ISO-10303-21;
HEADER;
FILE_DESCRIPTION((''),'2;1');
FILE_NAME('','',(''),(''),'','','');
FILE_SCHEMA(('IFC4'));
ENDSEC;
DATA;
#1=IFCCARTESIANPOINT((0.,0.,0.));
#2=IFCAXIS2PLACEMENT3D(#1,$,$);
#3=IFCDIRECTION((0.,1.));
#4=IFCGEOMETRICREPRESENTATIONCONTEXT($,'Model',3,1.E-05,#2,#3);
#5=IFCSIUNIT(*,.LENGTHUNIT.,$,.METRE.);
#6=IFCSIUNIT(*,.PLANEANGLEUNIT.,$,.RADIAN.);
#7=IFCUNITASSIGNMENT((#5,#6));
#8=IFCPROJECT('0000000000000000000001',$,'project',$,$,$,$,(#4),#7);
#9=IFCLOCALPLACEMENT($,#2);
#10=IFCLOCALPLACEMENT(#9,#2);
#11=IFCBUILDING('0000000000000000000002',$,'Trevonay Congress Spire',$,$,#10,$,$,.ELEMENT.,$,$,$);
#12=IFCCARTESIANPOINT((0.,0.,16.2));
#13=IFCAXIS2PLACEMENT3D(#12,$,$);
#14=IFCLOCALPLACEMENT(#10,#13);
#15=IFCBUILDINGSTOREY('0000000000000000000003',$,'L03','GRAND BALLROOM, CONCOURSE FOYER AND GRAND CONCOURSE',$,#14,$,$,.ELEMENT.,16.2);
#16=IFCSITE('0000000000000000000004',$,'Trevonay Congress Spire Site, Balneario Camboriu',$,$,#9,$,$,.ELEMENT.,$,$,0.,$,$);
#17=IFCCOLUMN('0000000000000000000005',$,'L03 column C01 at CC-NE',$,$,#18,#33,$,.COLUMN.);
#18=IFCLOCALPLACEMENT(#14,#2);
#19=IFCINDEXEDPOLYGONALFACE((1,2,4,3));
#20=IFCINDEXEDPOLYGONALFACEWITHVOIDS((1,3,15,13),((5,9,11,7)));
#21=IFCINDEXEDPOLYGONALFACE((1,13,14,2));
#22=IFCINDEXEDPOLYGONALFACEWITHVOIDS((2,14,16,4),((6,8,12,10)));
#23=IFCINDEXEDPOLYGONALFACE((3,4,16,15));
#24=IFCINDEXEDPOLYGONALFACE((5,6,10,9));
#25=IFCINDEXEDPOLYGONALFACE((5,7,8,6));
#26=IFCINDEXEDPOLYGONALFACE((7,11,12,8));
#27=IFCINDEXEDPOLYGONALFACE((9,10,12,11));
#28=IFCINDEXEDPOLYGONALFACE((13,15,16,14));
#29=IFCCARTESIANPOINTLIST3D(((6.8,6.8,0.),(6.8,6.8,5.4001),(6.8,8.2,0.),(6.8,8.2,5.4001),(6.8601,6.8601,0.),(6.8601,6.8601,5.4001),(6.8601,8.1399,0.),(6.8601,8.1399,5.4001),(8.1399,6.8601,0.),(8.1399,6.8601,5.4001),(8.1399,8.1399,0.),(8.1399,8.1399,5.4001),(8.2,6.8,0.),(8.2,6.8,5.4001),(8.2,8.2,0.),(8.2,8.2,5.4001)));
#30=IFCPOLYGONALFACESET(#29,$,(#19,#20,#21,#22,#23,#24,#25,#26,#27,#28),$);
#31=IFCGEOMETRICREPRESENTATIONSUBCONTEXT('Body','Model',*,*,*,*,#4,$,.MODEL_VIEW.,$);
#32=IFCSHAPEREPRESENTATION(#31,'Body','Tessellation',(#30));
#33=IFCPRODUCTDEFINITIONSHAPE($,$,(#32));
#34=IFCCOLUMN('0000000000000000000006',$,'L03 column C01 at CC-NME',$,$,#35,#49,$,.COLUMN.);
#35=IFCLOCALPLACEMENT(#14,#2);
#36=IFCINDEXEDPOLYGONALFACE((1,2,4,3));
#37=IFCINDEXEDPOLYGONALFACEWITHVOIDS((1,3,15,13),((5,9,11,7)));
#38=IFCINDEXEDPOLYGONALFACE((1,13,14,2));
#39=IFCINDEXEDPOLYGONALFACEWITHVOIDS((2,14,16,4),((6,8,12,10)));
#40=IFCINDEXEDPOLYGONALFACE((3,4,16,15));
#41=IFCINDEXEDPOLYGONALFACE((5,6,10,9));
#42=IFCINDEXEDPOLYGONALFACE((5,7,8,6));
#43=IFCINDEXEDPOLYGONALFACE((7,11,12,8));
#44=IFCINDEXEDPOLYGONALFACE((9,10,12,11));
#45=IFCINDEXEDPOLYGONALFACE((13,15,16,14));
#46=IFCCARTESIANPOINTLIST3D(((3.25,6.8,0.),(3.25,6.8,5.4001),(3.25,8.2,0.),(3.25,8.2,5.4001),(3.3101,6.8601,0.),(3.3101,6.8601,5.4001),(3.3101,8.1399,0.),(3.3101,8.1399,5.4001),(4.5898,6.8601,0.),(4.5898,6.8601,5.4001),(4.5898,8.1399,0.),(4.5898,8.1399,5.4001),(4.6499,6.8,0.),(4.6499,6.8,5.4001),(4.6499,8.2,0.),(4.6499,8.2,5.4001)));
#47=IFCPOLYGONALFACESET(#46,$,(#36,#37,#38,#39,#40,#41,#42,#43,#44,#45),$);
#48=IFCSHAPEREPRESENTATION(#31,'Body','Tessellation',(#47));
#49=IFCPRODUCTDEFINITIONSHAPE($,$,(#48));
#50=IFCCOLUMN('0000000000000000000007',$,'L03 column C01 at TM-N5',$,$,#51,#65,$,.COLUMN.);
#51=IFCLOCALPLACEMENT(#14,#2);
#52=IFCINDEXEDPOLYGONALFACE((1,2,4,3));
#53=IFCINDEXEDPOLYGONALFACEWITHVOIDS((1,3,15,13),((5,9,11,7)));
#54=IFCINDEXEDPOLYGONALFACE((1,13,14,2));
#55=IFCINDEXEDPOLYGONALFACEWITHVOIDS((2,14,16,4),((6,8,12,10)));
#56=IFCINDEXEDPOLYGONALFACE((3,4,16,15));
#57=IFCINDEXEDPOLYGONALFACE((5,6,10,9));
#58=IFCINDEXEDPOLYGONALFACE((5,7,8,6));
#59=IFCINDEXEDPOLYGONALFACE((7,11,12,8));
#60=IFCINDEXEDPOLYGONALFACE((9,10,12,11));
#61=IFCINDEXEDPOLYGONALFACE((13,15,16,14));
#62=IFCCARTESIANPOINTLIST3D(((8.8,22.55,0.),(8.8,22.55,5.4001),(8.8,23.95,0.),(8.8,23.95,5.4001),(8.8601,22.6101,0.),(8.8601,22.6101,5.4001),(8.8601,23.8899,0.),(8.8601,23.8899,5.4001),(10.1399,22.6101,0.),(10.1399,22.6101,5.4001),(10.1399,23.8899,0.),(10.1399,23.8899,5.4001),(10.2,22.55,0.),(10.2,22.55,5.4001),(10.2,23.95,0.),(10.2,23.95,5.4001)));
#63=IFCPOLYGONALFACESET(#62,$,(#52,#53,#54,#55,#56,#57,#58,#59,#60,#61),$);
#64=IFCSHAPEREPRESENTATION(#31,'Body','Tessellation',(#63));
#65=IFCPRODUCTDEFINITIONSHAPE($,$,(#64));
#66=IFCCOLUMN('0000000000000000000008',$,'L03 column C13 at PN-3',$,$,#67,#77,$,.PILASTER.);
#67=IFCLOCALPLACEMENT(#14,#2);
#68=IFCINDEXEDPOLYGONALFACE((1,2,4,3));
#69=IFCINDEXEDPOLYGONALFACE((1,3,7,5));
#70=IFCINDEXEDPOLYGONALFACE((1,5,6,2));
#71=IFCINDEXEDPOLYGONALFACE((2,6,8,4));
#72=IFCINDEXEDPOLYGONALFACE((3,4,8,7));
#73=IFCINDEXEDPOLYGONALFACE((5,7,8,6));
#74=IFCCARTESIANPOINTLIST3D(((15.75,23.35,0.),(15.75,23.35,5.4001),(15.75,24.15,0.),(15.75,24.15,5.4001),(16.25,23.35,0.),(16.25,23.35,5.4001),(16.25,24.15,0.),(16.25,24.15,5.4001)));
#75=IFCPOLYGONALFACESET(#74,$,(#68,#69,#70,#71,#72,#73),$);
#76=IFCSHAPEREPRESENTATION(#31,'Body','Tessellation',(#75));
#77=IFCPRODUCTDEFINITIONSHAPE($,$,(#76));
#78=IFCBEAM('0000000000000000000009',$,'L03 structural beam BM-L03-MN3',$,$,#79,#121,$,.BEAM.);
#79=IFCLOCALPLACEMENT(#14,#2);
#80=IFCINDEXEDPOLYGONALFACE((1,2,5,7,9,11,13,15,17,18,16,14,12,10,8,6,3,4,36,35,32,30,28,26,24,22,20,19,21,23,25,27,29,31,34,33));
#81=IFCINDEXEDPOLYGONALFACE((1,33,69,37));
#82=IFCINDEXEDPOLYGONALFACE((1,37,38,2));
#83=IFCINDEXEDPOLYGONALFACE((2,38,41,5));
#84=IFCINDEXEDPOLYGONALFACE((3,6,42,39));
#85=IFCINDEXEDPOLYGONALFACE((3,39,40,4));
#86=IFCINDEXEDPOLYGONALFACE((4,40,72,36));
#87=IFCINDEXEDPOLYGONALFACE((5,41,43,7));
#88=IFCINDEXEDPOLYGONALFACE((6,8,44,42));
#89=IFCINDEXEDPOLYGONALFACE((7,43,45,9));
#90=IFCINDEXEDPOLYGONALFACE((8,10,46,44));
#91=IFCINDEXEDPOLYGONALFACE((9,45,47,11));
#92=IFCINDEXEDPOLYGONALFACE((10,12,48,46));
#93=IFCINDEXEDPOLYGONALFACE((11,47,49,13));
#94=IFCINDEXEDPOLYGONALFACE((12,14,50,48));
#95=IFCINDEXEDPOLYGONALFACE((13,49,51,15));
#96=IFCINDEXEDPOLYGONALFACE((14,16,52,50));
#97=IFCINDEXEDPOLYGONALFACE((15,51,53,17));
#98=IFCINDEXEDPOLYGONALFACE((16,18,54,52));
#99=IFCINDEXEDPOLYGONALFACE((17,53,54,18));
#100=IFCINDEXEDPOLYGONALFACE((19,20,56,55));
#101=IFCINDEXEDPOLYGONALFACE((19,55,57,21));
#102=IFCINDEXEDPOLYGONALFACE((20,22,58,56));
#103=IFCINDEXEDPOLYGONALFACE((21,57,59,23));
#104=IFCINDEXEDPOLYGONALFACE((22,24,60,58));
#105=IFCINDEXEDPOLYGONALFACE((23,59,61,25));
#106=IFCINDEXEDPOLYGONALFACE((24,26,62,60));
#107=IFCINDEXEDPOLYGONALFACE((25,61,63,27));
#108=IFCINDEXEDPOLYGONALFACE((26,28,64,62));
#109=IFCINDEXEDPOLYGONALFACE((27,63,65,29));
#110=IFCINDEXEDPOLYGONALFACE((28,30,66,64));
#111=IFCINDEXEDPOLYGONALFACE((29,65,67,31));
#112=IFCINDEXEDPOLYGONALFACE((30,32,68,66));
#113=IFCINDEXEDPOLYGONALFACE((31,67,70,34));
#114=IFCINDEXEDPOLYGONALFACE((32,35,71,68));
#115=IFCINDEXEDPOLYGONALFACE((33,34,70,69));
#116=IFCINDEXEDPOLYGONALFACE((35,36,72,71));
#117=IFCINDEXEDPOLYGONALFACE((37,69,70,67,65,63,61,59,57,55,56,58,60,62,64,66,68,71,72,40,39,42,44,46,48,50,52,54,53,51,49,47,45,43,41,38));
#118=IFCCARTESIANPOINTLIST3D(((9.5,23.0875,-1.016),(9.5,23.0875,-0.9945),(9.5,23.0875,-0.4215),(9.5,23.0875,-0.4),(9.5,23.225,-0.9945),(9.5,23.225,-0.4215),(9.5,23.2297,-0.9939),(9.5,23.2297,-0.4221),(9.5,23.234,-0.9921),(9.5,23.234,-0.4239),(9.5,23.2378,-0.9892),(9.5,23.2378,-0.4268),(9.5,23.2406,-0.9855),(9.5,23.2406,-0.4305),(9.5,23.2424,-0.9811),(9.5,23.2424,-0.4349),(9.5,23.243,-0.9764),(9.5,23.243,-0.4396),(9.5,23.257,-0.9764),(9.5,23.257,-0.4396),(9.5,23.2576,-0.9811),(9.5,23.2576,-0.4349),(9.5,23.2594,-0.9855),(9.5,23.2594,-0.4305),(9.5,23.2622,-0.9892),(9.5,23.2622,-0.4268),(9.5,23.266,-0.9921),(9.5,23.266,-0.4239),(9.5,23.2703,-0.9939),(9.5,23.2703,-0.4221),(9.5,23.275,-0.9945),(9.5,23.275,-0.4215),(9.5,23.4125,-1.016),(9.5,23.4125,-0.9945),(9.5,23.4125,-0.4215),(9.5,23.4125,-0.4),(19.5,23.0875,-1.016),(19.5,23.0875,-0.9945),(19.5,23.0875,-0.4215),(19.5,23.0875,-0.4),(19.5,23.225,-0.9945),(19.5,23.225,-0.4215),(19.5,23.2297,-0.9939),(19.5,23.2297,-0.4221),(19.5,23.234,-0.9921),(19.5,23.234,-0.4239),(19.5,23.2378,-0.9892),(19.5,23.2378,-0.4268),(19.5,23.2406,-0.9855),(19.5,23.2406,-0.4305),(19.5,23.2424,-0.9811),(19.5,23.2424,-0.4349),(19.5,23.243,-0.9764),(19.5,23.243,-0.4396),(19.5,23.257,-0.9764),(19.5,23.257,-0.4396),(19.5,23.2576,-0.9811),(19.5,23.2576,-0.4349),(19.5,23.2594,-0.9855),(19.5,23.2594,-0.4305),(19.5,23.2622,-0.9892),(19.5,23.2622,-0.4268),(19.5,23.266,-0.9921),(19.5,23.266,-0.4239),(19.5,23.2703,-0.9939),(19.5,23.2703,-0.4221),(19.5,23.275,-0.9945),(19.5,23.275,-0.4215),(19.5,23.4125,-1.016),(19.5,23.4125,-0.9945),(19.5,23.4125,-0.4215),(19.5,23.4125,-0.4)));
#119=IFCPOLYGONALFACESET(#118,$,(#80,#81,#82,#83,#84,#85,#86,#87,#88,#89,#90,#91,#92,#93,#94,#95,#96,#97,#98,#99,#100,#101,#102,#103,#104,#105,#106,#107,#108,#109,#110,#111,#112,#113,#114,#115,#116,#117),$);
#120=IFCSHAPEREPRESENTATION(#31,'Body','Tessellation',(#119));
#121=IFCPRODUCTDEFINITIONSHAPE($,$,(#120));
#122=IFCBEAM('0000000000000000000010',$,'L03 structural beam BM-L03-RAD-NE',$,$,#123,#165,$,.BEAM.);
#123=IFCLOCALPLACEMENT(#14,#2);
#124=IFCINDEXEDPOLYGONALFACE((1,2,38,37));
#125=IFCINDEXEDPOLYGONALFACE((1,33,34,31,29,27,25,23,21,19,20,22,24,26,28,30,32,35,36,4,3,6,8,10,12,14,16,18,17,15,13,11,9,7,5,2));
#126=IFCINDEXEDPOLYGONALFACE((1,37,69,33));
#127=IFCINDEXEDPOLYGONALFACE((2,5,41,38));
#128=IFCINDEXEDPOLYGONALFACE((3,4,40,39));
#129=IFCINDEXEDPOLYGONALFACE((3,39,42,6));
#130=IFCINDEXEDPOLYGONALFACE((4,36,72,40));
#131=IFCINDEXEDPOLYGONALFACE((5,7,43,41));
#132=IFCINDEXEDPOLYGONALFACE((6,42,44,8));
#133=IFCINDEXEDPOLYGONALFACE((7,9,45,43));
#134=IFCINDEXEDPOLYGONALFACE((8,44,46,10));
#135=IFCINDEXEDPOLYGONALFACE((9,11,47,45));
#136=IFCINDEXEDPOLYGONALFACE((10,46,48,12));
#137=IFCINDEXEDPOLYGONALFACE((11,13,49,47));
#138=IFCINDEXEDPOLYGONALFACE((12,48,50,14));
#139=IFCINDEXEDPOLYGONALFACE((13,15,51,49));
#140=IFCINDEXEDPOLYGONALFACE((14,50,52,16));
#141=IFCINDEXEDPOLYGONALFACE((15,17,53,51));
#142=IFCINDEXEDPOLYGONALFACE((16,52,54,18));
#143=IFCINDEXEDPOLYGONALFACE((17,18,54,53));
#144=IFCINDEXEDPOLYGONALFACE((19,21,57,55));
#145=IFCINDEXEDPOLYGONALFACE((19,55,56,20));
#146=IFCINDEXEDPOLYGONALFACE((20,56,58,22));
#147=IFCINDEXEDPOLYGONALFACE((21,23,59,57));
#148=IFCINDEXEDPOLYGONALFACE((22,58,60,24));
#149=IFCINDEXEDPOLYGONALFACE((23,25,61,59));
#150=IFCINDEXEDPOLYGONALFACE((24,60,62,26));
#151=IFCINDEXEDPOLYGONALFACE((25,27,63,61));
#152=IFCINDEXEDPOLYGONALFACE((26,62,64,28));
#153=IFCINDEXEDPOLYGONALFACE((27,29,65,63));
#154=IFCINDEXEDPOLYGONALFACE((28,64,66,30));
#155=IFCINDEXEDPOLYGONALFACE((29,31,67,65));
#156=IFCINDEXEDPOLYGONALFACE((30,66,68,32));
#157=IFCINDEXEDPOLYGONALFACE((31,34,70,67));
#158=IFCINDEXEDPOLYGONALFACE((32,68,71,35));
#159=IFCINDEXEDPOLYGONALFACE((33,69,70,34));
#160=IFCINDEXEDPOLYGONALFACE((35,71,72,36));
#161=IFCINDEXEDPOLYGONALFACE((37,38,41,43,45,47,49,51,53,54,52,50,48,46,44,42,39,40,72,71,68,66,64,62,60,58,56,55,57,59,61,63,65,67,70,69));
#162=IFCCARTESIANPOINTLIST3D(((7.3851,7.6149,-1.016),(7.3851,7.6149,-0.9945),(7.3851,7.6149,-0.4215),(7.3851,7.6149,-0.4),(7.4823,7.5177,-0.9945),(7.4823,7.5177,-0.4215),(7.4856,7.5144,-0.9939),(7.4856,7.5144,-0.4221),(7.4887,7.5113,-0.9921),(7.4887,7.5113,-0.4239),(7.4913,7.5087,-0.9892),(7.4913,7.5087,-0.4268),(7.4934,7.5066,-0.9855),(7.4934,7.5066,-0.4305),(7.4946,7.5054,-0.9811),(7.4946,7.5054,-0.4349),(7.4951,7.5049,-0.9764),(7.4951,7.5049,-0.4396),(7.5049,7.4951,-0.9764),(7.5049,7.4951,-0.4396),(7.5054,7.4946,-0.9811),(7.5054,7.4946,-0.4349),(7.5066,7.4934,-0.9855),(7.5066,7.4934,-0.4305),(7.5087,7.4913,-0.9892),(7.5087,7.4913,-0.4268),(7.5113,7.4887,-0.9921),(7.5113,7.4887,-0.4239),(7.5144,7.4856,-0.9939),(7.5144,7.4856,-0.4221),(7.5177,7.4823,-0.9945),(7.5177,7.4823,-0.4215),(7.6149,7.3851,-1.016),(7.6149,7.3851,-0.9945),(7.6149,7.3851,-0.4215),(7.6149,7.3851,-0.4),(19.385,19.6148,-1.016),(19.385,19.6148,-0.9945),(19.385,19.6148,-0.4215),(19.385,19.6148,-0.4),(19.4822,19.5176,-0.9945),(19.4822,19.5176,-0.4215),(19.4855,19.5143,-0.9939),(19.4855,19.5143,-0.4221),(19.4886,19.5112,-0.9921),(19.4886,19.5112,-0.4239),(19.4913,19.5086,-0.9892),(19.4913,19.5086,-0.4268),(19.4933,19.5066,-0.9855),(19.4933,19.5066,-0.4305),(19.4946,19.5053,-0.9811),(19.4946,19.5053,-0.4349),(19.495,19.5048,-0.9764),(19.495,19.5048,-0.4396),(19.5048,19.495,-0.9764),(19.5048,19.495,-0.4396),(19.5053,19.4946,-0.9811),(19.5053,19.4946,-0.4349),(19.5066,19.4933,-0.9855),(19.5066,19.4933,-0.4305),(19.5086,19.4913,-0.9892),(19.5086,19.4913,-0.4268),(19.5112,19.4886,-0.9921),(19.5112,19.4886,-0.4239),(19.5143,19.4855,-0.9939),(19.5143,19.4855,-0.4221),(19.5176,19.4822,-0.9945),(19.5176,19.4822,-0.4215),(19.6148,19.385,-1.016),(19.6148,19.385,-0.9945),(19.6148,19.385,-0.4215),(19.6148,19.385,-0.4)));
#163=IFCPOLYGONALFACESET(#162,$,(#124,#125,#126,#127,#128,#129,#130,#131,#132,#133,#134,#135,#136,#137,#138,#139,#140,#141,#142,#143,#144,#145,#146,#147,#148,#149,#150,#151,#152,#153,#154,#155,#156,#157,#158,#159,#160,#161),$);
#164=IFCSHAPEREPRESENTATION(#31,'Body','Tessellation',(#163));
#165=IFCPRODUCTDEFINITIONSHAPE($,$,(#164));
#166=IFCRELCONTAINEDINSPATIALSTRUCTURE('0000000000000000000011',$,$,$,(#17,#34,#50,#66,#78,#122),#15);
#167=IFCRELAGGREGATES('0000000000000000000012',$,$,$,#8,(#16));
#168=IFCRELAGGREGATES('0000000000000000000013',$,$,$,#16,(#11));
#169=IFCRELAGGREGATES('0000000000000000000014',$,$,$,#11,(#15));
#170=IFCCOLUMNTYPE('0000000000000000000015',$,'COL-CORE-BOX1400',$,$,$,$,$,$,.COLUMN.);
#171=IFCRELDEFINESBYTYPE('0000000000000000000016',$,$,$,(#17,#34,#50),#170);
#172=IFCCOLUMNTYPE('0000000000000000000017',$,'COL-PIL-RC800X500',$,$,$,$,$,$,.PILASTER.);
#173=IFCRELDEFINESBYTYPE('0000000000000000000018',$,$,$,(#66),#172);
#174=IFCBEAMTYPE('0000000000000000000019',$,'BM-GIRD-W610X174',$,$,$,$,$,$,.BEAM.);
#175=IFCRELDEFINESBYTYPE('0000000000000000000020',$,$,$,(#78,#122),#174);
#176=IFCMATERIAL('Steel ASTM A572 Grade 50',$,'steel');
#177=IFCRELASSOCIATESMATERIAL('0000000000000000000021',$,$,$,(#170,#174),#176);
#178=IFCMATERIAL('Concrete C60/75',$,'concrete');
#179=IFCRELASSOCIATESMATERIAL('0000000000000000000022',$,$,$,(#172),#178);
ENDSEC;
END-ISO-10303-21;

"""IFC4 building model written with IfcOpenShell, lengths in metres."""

from ifc_helpers import new_model, si_unit, direction, frame, origin, origin_2d, place, context, subcontext, project, spatial, rectangle, hollow_rectangle, i_section, extrude, material, material_profile, profile_set, type_object, element, save


model = new_model("IFC4")

# Units and contexts
model_context = context("Model", 3, precision=1e-05, world=origin(), true_north=direction((0.0, 1.0)))
body_context = subcontext(model_context, "Body", "Model", "MODEL_VIEW")
ifc_project = project(units=[si_unit("LENGTHUNIT", "METRE"), si_unit("PLANEANGLEUNIT", "RADIAN")], contexts=[model_context])

# Site, building, storey
site_placement = place(None, origin())
site = spatial("IfcSite", under=ifc_project, at=site_placement, Name="Trevonay Congress Spire Site, Balneario Camboriu", CompositionType="ELEMENT", RefElevation=0.0)
building_placement = place(site_placement, origin())
building = spatial("IfcBuilding", under=site, at=building_placement, Name="Trevonay Congress Spire", CompositionType="ELEMENT")
storey_placement = place(building_placement, frame((0.0, 0.0, 16.2)))
storey = spatial("IfcBuildingStorey", under=building, at=storey_placement, Name="L03", Description="GRAND BALLROOM, CONCOURSE FOYER AND GRAND CONCOURSE", CompositionType="ELEMENT", Elevation=16.2)

# Columns
ifc_material_1 = material(Name="Steel ASTM A572 Grade 50", Category="steel")
ifc_material_profile_1 = material_profile(ifc_material_1, hollow_rectangle(XDim=1.3999, YDim=1.3999, WallThickness=0.0601, at=origin_2d()), Name="BOX 1400x1400x60")
ifc_profile_set_1 = profile_set([ifc_material_profile_1], Name="Steel ASTM A572 Grade 50")
column_type_1 = type_object("IfcColumnType", Name="COL-CORE-BOX1400", PredefinedType="COLUMN", material=ifc_profile_set_1)
for number, where, z_axis, x_axis, name in (
    (1, (7.5, 7.5, 0.0), (0.0, 0.0, 1.0), (1.0, 0.0, 0.0), "L03 column C01 at CC-NE"),
    (2, (3.95, 7.5, 0.0), (0.0, 0.0, 1.0), (1.0, 0.0, 0.0), "L03 column C01 at CC-NME"),
    (3, (9.5, 23.25, 0.0), (0.0, 0.0, 1.0), (1.0, 0.0, 0.0), "L03 column C01 at TM-N5"),
):
    element("IfcColumn", number, at=place(storey_placement, frame(where, z_axis=z_axis, x_axis=x_axis)), inside=storey, type_object=column_type_1, Name=name, PredefinedType="COLUMN", context=body_context, shape_type="SweptSolid", body=[
        extrude(hollow_rectangle(XDim=1.3999, YDim=1.3999, WallThickness=0.0601, at=origin_2d()), origin(), (0.0, 0.0, 1.0), 5.4001),
    ])
ifc_material_2 = material(Name="Concrete C60/75", Category="concrete")
ifc_material_profile_2 = material_profile(ifc_material_2, rectangle(XDim=0.5, YDim=0.8, at=origin_2d()), Name="RC 800x500")
ifc_profile_set_2 = profile_set([ifc_material_profile_2], Name="Concrete C60/75")
column_type_2 = type_object("IfcColumnType", Name="COL-PIL-RC800X500", PredefinedType="PILASTER", material=ifc_profile_set_2)
column_placement = place(storey_placement, frame((16.0, 23.75, 0.0), z_axis=(0.0, 0.0, 1.0), x_axis=(1.0, 0.0, 0.0)))
element("IfcColumn", 4, at=column_placement, inside=storey, type_object=column_type_2, Name="L03 column C13 at PN-3", PredefinedType="PILASTER", context=body_context, shape_type="SweptSolid", body=[
    extrude(rectangle(XDim=0.5, YDim=0.8, at=origin_2d()), origin(), (0.0, 0.0, 1.0), 5.4001),
])

# Beams
ifc_material_profile_3 = material_profile(ifc_material_1, i_section(OverallWidth=0.325, OverallDepth=0.616, WebThickness=0.0139, FlangeThickness=0.0215, FilletRadius=0.0181, at=origin_2d()), Name="W610x174")
ifc_profile_set_3 = profile_set([ifc_material_profile_3], Name="Steel ASTM A572 Grade 50")
beam_type_1 = type_object("IfcBeamType", Name="BM-GIRD-W610X174", PredefinedType="BEAM", material=ifc_profile_set_3)
beam_1_placement = place(storey_placement, frame((9.5, 23.25, -0.708), z_axis=(1.0, 0.0, 0.0), x_axis=(0.0, 1.0, 0.0)))
element("IfcBeam", 5, at=beam_1_placement, inside=storey, type_object=beam_type_1, Name="L03 structural beam BM-L03-MN3", PredefinedType="BEAM", context=body_context, shape_type="SweptSolid", body=[
    extrude(i_section(OverallWidth=0.325, OverallDepth=0.616, WebThickness=0.0139, FlangeThickness=0.0215, FilletRadius=0.0181, at=origin_2d()), origin(), (0.0, 0.0, 1.0), 10.0),
])
beam_2_placement = place(storey_placement, frame((7.5, 7.5, -0.708), z_axis=(0.707107, 0.707107, 0.0), x_axis=(-0.707107, 0.707107, 0.0)))
element("IfcBeam", 6, at=beam_2_placement, inside=storey, type_object=beam_type_1, Name="L03 structural beam BM-L03-RAD-NE", PredefinedType="BEAM", context=body_context, shape_type="SweptSolid", body=[
    extrude(i_section(OverallWidth=0.325, OverallDepth=0.616, WebThickness=0.0139, FlangeThickness=0.0215, FilletRadius=0.0181, at=origin_2d()), origin(), (0.0, 0.0, 1.0), 16.9705),
])

save(model, "model.ifc")
